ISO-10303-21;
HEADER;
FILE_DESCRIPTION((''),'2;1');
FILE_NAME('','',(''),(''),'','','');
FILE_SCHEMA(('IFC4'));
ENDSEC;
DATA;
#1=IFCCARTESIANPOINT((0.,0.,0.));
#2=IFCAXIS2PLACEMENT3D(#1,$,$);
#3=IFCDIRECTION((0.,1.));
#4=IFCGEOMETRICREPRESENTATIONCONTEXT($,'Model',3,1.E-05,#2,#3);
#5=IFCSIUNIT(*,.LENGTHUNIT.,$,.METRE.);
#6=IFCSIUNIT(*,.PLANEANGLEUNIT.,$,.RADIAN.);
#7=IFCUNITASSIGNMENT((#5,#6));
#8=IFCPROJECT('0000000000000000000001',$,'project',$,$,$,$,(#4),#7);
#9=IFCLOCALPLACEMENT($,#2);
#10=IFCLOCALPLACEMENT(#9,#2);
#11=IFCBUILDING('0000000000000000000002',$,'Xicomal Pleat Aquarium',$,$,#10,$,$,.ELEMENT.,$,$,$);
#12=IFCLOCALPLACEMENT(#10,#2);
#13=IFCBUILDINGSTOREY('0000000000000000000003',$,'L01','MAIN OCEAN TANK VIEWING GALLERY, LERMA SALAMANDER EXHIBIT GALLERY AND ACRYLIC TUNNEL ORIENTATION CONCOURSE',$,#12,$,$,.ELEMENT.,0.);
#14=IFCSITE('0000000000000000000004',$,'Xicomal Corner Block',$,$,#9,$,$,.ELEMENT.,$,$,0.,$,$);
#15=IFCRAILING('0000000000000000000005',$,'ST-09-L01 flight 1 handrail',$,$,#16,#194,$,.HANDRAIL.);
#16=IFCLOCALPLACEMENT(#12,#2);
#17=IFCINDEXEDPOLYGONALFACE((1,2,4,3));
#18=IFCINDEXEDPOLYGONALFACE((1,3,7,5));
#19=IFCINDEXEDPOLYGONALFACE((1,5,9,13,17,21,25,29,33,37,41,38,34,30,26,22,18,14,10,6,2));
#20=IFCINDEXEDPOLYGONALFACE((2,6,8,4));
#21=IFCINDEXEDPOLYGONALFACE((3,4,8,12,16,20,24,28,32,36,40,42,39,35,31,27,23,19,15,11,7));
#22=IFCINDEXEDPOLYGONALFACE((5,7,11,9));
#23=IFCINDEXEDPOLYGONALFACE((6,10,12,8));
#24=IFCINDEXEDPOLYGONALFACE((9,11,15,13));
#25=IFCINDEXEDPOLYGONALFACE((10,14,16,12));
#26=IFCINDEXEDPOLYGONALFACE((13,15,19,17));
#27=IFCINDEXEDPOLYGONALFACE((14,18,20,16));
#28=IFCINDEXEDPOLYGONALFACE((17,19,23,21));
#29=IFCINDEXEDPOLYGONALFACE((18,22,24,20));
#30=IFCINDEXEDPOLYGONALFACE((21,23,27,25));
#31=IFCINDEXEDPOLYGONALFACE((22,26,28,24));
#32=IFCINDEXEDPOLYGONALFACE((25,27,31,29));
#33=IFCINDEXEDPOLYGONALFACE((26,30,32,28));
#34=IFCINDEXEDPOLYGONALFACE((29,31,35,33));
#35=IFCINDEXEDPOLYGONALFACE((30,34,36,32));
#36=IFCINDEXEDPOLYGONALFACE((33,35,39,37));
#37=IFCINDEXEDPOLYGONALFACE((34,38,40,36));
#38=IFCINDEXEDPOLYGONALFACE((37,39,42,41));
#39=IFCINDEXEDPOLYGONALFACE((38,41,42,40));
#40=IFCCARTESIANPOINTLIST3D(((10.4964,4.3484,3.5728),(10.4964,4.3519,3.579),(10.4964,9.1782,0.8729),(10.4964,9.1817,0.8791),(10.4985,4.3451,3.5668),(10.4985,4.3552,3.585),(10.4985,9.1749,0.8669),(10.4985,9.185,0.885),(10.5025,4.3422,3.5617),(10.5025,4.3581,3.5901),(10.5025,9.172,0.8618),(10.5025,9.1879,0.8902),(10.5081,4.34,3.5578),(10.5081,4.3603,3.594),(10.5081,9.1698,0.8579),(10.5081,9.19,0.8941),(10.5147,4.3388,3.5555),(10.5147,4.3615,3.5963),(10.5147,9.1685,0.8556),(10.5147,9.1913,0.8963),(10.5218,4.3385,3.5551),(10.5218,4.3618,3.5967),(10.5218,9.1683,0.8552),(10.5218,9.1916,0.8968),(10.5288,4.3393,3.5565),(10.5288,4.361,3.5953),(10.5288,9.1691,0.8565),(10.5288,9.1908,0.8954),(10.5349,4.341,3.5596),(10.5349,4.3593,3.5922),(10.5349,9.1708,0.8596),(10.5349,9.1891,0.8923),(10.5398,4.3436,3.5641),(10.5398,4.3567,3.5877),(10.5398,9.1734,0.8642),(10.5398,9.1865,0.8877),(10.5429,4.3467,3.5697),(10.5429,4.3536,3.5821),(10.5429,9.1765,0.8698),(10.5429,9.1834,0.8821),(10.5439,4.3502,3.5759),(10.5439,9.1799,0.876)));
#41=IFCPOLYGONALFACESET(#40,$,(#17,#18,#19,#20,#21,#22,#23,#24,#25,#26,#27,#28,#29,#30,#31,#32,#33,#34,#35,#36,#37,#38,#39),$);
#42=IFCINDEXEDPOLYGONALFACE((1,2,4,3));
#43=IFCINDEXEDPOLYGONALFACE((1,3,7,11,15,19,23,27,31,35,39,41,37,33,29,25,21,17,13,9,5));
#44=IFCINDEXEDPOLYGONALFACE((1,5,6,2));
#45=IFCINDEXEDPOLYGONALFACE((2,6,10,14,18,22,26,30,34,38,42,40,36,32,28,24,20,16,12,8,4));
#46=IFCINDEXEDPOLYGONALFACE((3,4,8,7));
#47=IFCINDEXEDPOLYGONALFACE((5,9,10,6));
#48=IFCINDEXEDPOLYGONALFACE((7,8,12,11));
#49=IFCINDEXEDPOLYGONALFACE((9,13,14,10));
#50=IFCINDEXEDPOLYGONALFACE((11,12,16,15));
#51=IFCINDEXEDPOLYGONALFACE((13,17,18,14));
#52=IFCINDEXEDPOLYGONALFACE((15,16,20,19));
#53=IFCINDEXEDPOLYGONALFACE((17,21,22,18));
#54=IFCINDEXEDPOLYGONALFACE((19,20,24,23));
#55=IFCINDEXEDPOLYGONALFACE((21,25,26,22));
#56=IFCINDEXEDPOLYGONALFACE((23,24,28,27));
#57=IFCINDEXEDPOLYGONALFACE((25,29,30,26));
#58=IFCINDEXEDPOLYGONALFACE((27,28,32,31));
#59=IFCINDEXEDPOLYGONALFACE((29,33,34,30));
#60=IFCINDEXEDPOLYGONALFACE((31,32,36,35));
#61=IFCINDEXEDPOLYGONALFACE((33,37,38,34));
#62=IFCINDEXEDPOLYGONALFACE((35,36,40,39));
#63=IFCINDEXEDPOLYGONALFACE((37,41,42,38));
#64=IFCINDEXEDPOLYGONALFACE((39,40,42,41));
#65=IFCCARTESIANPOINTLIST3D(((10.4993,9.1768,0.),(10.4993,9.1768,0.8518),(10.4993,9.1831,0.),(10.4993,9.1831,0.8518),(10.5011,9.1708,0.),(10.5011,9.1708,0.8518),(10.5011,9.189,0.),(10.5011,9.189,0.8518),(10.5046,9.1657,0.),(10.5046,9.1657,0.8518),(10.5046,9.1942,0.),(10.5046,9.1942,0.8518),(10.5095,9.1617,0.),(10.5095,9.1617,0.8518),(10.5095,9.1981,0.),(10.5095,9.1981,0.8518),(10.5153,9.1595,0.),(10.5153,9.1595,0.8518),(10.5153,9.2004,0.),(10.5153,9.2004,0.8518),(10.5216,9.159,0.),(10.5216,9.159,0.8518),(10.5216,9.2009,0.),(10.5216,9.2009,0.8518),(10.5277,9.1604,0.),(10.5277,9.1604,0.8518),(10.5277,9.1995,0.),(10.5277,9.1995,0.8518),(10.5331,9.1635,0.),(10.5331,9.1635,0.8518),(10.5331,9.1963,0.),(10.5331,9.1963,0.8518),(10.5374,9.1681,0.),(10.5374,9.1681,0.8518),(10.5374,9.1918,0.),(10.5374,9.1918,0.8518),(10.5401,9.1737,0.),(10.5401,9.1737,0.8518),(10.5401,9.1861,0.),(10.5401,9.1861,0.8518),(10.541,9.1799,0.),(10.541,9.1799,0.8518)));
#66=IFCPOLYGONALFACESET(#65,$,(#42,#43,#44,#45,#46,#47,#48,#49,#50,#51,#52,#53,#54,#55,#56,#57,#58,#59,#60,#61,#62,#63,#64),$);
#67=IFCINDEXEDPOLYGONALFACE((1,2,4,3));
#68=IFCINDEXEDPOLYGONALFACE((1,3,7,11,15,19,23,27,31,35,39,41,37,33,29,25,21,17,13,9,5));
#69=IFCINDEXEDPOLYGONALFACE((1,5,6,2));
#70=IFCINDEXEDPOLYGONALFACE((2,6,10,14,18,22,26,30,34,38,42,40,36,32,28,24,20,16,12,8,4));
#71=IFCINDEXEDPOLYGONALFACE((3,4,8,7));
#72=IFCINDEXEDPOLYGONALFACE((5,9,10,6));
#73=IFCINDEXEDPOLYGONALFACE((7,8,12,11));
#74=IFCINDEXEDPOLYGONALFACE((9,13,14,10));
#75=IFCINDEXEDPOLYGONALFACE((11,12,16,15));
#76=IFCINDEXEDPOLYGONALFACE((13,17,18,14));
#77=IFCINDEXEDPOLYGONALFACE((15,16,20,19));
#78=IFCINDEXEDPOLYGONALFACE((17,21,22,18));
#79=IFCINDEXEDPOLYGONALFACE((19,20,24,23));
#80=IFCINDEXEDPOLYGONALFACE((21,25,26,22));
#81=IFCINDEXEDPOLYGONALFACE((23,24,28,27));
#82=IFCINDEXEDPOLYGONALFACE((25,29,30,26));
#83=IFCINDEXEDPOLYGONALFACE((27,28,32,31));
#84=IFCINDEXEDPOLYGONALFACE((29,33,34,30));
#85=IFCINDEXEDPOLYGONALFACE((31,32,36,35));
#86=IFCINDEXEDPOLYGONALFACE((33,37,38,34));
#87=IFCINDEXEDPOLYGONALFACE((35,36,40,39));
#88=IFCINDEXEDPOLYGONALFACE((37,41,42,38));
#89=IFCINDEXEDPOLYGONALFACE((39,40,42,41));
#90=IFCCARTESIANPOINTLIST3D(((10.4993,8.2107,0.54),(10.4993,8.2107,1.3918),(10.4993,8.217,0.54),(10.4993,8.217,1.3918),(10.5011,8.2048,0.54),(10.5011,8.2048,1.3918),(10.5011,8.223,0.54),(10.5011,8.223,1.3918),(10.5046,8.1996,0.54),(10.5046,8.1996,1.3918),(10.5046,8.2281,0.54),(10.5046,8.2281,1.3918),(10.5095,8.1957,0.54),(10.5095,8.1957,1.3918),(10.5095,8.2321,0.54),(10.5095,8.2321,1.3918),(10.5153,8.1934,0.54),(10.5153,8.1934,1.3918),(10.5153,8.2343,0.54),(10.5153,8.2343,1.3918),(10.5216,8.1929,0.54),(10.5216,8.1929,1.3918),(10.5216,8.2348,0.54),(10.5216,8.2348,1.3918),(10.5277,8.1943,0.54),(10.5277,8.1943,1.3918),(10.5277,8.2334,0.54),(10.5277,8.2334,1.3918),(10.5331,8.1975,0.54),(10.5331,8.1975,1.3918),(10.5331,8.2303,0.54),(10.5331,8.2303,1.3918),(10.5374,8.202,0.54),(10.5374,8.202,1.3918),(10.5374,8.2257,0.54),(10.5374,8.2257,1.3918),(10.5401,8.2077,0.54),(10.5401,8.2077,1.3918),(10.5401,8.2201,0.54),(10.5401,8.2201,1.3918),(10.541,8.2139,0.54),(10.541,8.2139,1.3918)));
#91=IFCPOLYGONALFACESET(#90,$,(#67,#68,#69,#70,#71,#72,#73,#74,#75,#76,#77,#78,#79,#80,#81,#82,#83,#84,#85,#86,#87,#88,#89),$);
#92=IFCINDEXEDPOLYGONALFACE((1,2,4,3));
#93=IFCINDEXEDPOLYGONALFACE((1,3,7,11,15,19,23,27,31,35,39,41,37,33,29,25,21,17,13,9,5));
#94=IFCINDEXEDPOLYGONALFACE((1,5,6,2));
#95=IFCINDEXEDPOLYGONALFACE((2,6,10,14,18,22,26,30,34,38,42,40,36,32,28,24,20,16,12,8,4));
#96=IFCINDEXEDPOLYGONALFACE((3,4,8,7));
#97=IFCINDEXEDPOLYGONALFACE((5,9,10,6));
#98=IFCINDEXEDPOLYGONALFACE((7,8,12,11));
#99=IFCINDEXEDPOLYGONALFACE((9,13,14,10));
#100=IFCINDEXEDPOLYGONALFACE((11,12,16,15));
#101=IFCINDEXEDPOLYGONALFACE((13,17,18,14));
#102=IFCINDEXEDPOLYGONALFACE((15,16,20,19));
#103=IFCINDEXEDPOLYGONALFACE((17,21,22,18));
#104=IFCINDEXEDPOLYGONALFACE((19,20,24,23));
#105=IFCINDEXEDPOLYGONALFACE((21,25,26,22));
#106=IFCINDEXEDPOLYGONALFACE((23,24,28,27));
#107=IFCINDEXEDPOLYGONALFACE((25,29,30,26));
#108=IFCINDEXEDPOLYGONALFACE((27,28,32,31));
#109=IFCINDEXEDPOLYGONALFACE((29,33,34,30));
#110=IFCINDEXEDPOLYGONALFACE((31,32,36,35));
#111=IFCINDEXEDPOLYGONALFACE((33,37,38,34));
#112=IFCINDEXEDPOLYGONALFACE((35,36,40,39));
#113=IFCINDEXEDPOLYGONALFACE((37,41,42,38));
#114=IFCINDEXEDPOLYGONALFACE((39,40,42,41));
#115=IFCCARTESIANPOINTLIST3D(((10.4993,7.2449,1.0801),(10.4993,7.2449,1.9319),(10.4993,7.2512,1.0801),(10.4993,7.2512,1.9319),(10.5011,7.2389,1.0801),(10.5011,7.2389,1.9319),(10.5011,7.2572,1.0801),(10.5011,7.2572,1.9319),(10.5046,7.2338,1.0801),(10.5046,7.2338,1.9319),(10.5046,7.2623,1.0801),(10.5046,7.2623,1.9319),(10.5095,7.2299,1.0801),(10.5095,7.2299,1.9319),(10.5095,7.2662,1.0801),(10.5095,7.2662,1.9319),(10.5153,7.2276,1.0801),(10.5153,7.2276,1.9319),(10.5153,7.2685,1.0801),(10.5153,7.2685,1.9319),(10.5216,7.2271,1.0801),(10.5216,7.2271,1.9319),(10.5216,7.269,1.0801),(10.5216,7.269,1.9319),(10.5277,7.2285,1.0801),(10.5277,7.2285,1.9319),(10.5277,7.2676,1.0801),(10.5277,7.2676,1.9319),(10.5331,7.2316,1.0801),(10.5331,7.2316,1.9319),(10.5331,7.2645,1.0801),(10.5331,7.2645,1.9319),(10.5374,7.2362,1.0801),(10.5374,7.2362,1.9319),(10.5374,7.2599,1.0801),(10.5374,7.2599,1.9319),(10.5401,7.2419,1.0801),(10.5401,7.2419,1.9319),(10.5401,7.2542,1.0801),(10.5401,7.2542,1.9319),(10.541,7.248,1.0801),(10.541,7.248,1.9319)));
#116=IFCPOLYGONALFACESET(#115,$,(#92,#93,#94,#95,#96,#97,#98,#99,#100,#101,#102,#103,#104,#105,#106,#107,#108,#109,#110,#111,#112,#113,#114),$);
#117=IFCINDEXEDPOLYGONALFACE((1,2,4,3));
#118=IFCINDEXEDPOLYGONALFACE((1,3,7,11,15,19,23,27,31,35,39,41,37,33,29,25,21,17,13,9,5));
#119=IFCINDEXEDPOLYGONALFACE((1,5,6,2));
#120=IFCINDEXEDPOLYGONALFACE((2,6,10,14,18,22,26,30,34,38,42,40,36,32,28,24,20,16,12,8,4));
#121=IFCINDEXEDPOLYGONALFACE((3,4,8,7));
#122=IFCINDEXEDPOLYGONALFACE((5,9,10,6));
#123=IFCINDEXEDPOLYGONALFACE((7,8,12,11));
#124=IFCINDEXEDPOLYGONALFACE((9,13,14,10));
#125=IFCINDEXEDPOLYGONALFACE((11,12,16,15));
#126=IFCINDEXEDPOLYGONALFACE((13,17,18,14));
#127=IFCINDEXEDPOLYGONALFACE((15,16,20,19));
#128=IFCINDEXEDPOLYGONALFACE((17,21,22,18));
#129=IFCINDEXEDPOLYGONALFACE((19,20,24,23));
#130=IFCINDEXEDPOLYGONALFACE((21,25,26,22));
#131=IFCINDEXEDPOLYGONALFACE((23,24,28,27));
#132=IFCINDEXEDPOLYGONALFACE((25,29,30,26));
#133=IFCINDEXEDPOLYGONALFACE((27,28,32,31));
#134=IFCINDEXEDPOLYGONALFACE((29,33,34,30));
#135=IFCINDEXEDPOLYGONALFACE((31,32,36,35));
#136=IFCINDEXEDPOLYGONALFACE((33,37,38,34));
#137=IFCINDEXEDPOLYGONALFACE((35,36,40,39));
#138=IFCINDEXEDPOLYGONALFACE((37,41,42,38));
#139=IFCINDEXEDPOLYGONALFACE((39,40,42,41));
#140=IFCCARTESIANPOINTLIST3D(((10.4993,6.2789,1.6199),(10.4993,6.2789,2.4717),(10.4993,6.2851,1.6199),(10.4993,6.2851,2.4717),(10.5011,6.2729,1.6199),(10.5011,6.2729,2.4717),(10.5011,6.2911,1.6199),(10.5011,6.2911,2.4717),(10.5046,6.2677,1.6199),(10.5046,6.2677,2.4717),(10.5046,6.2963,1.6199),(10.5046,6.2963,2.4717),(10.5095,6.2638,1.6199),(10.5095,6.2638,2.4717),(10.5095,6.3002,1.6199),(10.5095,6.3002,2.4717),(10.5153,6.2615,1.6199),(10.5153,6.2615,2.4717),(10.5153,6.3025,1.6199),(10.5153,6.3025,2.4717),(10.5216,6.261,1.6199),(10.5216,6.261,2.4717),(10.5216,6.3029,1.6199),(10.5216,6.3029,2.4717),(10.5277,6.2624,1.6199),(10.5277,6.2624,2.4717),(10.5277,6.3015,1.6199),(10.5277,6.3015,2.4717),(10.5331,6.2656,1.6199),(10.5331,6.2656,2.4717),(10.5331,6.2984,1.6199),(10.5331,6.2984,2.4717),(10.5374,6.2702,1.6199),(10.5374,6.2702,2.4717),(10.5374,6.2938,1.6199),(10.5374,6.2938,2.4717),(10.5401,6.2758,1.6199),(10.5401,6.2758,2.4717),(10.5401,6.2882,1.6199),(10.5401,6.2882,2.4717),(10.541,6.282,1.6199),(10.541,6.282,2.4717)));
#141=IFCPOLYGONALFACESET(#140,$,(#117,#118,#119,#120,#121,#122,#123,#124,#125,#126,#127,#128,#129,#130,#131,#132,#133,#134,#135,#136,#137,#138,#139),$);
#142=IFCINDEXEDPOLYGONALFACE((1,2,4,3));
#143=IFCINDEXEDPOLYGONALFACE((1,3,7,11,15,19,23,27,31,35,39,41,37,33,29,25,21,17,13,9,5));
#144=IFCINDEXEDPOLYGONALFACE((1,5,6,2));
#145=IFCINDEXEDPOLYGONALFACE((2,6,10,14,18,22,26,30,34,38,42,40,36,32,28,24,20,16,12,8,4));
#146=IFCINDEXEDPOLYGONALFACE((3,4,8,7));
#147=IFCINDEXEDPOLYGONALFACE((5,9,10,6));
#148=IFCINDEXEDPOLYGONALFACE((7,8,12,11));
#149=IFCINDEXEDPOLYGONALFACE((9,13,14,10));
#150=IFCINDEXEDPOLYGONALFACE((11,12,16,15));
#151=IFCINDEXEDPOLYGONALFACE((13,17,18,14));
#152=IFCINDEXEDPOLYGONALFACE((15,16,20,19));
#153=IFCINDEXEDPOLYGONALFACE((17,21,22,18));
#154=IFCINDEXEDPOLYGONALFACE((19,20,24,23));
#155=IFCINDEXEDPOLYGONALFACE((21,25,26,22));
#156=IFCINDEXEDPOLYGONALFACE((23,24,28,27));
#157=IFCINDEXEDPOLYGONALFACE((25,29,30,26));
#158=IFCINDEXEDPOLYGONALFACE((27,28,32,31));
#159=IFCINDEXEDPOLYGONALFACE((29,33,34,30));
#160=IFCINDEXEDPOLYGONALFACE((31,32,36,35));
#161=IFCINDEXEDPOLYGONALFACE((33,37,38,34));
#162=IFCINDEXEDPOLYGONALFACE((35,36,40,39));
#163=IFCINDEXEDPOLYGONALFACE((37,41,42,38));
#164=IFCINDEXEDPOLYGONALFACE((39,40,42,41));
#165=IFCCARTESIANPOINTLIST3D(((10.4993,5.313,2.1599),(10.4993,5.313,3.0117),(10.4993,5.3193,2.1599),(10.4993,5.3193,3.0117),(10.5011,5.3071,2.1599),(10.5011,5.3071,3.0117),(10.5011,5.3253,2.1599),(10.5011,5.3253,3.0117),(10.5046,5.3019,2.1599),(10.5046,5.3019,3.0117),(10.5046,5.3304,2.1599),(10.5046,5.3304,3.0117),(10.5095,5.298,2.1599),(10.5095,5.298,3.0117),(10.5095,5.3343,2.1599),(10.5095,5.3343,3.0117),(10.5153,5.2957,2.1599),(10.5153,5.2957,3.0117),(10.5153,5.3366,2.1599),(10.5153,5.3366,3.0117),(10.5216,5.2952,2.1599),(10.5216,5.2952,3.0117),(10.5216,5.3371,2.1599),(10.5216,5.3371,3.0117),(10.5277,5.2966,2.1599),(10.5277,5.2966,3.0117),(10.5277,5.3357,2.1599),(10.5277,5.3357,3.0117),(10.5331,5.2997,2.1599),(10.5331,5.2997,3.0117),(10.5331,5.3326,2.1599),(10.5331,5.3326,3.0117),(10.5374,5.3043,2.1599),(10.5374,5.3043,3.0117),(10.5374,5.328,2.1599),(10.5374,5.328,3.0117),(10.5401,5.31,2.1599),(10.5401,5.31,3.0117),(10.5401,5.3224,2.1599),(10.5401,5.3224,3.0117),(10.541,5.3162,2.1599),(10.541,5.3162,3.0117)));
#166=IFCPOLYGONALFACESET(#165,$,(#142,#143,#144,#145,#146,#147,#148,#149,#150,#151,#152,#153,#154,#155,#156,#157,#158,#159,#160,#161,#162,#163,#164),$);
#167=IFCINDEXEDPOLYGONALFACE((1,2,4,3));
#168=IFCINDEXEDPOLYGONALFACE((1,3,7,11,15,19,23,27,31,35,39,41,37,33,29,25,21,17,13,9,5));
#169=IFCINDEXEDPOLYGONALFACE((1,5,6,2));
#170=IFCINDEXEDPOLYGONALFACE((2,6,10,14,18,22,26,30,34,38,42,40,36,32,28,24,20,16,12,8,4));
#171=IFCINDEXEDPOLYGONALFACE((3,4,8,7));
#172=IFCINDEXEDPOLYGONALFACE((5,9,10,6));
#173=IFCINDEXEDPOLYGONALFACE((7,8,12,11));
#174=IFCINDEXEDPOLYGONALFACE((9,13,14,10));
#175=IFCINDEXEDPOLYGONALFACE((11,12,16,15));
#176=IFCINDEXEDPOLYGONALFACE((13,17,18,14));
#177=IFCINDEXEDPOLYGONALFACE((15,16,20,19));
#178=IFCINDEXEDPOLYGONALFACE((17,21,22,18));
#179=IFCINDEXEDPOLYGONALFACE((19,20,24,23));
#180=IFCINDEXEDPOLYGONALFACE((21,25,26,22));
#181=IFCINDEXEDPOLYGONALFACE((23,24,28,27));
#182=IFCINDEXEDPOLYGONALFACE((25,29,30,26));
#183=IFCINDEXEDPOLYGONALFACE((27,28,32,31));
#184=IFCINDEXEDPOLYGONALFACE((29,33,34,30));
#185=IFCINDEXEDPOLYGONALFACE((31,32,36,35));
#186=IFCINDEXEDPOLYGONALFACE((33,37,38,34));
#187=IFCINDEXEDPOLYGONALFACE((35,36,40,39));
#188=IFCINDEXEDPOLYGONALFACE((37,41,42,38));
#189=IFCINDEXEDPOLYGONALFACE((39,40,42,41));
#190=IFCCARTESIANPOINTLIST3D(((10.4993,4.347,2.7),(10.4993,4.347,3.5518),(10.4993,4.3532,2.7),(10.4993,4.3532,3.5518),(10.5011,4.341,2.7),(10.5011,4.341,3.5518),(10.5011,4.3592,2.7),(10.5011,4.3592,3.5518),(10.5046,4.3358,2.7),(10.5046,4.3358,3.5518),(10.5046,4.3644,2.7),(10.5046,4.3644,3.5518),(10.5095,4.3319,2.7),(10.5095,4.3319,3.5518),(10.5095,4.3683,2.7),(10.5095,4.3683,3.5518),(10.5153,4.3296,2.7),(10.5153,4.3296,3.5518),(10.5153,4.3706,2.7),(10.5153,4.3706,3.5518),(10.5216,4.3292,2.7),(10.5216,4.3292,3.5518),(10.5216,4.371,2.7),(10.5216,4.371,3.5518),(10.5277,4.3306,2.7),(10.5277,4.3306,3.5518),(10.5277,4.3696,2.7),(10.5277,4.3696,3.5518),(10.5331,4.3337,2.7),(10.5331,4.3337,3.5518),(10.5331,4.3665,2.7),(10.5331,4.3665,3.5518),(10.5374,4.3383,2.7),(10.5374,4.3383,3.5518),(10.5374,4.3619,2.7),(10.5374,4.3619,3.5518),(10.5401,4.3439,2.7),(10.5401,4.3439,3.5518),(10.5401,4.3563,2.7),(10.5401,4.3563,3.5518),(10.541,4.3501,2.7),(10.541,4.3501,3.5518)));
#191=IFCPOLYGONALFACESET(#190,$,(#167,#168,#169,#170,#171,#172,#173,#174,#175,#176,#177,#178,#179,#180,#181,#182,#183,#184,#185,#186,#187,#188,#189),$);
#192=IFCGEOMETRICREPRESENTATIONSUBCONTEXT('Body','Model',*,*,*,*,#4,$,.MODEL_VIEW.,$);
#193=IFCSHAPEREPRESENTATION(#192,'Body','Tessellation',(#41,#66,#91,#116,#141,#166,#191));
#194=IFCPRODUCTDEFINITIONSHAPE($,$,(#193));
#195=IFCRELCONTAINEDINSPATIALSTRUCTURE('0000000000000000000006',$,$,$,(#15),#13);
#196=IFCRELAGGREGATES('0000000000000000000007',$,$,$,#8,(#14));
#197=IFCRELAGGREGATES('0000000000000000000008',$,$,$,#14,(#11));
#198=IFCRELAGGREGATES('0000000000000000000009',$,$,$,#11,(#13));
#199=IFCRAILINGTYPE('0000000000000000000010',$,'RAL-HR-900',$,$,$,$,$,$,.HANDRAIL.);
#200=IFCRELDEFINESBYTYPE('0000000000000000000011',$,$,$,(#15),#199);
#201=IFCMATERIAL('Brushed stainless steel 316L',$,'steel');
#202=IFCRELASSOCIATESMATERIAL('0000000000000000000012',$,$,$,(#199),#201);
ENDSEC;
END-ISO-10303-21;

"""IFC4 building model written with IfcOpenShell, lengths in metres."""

from ifc_helpers import new_model, si_unit, direction, frame, origin, origin_2d, place, context, subcontext, project, spatial, circle, extrude, material, type_object, element, save


model = new_model("IFC4")

# Units and contexts
model_context = context("Model", 3, precision=1e-05, world=origin(), true_north=direction((0.0, 1.0)))
body_context = subcontext(model_context, "Body", "Model", "MODEL_VIEW")
ifc_project = project(units=[si_unit("LENGTHUNIT", "METRE"), si_unit("PLANEANGLEUNIT", "RADIAN")], contexts=[model_context])

# Site, building, storey
site_placement = place(None, origin())
site = spatial("IfcSite", under=ifc_project, at=site_placement, Name="Xicomal Corner Block", CompositionType="ELEMENT", RefElevation=0.0)
building_placement = place(site_placement, origin())
building = spatial("IfcBuilding", under=site, at=building_placement, Name="Xicomal Pleat Aquarium", CompositionType="ELEMENT")
storey_placement = place(building_placement, origin())
storey = spatial("IfcBuildingStorey", under=building, at=storey_placement, Name="L01", Description="MAIN OCEAN TANK VIEWING GALLERY, LERMA SALAMANDER EXHIBIT GALLERY AND ACRYLIC TUNNEL ORIENTATION CONCOURSE", CompositionType="ELEMENT", Elevation=0.0)

# Railing
ifc_material_1 = material(Name="Brushed stainless steel 316L", Category="steel")
railing_type_1 = type_object("IfcRailingType", Name="RAL-HR-900", PredefinedType="HANDRAIL", material=ifc_material_1)
railing_1_placement = place(storey_placement, frame((10.52, 9.1799, 0.0)))
element("IfcRailing", 1, at=railing_1_placement, inside=storey, type_object=railing_type_1, Name="ST-09-L01 flight 1 handrail", PredefinedType="HANDRAIL", context=body_context, shape_type="SweptSolid", body=[
    extrude(circle(Radius=0.0239, at=origin_2d()), frame((0.0, 0.0, 0.876), z_axis=(0.0, -0.872872, 0.487949), x_axis=(1.0, 0.0, 0.0)), (0.0, 0.0, 1.0), 5.5332),
    extrude(circle(Radius=0.021, at=origin_2d()), origin(), (0.0, 0.0, 1.0), 0.8518),
    extrude(circle(Radius=0.021, at=origin_2d()), frame((0.0, -0.9661, 0.54)), (0.0, 0.0, 1.0), 0.8518),
    extrude(circle(Radius=0.021, at=origin_2d()), frame((0.0, -1.9319, 1.0801)), (0.0, 0.0, 1.0), 0.8518),
    extrude(circle(Radius=0.021, at=origin_2d()), frame((0.0, -2.8979, 1.6199)), (0.0, 0.0, 1.0), 0.8518),
    extrude(circle(Radius=0.021, at=origin_2d()), frame((0.0, -3.8638, 2.1599)), (0.0, 0.0, 1.0), 0.8518),
    extrude(circle(Radius=0.021, at=origin_2d()), frame((0.0, -4.8298, 2.7)), (0.0, 0.0, 1.0), 0.8518),
])

save(model, "model.ifc")
